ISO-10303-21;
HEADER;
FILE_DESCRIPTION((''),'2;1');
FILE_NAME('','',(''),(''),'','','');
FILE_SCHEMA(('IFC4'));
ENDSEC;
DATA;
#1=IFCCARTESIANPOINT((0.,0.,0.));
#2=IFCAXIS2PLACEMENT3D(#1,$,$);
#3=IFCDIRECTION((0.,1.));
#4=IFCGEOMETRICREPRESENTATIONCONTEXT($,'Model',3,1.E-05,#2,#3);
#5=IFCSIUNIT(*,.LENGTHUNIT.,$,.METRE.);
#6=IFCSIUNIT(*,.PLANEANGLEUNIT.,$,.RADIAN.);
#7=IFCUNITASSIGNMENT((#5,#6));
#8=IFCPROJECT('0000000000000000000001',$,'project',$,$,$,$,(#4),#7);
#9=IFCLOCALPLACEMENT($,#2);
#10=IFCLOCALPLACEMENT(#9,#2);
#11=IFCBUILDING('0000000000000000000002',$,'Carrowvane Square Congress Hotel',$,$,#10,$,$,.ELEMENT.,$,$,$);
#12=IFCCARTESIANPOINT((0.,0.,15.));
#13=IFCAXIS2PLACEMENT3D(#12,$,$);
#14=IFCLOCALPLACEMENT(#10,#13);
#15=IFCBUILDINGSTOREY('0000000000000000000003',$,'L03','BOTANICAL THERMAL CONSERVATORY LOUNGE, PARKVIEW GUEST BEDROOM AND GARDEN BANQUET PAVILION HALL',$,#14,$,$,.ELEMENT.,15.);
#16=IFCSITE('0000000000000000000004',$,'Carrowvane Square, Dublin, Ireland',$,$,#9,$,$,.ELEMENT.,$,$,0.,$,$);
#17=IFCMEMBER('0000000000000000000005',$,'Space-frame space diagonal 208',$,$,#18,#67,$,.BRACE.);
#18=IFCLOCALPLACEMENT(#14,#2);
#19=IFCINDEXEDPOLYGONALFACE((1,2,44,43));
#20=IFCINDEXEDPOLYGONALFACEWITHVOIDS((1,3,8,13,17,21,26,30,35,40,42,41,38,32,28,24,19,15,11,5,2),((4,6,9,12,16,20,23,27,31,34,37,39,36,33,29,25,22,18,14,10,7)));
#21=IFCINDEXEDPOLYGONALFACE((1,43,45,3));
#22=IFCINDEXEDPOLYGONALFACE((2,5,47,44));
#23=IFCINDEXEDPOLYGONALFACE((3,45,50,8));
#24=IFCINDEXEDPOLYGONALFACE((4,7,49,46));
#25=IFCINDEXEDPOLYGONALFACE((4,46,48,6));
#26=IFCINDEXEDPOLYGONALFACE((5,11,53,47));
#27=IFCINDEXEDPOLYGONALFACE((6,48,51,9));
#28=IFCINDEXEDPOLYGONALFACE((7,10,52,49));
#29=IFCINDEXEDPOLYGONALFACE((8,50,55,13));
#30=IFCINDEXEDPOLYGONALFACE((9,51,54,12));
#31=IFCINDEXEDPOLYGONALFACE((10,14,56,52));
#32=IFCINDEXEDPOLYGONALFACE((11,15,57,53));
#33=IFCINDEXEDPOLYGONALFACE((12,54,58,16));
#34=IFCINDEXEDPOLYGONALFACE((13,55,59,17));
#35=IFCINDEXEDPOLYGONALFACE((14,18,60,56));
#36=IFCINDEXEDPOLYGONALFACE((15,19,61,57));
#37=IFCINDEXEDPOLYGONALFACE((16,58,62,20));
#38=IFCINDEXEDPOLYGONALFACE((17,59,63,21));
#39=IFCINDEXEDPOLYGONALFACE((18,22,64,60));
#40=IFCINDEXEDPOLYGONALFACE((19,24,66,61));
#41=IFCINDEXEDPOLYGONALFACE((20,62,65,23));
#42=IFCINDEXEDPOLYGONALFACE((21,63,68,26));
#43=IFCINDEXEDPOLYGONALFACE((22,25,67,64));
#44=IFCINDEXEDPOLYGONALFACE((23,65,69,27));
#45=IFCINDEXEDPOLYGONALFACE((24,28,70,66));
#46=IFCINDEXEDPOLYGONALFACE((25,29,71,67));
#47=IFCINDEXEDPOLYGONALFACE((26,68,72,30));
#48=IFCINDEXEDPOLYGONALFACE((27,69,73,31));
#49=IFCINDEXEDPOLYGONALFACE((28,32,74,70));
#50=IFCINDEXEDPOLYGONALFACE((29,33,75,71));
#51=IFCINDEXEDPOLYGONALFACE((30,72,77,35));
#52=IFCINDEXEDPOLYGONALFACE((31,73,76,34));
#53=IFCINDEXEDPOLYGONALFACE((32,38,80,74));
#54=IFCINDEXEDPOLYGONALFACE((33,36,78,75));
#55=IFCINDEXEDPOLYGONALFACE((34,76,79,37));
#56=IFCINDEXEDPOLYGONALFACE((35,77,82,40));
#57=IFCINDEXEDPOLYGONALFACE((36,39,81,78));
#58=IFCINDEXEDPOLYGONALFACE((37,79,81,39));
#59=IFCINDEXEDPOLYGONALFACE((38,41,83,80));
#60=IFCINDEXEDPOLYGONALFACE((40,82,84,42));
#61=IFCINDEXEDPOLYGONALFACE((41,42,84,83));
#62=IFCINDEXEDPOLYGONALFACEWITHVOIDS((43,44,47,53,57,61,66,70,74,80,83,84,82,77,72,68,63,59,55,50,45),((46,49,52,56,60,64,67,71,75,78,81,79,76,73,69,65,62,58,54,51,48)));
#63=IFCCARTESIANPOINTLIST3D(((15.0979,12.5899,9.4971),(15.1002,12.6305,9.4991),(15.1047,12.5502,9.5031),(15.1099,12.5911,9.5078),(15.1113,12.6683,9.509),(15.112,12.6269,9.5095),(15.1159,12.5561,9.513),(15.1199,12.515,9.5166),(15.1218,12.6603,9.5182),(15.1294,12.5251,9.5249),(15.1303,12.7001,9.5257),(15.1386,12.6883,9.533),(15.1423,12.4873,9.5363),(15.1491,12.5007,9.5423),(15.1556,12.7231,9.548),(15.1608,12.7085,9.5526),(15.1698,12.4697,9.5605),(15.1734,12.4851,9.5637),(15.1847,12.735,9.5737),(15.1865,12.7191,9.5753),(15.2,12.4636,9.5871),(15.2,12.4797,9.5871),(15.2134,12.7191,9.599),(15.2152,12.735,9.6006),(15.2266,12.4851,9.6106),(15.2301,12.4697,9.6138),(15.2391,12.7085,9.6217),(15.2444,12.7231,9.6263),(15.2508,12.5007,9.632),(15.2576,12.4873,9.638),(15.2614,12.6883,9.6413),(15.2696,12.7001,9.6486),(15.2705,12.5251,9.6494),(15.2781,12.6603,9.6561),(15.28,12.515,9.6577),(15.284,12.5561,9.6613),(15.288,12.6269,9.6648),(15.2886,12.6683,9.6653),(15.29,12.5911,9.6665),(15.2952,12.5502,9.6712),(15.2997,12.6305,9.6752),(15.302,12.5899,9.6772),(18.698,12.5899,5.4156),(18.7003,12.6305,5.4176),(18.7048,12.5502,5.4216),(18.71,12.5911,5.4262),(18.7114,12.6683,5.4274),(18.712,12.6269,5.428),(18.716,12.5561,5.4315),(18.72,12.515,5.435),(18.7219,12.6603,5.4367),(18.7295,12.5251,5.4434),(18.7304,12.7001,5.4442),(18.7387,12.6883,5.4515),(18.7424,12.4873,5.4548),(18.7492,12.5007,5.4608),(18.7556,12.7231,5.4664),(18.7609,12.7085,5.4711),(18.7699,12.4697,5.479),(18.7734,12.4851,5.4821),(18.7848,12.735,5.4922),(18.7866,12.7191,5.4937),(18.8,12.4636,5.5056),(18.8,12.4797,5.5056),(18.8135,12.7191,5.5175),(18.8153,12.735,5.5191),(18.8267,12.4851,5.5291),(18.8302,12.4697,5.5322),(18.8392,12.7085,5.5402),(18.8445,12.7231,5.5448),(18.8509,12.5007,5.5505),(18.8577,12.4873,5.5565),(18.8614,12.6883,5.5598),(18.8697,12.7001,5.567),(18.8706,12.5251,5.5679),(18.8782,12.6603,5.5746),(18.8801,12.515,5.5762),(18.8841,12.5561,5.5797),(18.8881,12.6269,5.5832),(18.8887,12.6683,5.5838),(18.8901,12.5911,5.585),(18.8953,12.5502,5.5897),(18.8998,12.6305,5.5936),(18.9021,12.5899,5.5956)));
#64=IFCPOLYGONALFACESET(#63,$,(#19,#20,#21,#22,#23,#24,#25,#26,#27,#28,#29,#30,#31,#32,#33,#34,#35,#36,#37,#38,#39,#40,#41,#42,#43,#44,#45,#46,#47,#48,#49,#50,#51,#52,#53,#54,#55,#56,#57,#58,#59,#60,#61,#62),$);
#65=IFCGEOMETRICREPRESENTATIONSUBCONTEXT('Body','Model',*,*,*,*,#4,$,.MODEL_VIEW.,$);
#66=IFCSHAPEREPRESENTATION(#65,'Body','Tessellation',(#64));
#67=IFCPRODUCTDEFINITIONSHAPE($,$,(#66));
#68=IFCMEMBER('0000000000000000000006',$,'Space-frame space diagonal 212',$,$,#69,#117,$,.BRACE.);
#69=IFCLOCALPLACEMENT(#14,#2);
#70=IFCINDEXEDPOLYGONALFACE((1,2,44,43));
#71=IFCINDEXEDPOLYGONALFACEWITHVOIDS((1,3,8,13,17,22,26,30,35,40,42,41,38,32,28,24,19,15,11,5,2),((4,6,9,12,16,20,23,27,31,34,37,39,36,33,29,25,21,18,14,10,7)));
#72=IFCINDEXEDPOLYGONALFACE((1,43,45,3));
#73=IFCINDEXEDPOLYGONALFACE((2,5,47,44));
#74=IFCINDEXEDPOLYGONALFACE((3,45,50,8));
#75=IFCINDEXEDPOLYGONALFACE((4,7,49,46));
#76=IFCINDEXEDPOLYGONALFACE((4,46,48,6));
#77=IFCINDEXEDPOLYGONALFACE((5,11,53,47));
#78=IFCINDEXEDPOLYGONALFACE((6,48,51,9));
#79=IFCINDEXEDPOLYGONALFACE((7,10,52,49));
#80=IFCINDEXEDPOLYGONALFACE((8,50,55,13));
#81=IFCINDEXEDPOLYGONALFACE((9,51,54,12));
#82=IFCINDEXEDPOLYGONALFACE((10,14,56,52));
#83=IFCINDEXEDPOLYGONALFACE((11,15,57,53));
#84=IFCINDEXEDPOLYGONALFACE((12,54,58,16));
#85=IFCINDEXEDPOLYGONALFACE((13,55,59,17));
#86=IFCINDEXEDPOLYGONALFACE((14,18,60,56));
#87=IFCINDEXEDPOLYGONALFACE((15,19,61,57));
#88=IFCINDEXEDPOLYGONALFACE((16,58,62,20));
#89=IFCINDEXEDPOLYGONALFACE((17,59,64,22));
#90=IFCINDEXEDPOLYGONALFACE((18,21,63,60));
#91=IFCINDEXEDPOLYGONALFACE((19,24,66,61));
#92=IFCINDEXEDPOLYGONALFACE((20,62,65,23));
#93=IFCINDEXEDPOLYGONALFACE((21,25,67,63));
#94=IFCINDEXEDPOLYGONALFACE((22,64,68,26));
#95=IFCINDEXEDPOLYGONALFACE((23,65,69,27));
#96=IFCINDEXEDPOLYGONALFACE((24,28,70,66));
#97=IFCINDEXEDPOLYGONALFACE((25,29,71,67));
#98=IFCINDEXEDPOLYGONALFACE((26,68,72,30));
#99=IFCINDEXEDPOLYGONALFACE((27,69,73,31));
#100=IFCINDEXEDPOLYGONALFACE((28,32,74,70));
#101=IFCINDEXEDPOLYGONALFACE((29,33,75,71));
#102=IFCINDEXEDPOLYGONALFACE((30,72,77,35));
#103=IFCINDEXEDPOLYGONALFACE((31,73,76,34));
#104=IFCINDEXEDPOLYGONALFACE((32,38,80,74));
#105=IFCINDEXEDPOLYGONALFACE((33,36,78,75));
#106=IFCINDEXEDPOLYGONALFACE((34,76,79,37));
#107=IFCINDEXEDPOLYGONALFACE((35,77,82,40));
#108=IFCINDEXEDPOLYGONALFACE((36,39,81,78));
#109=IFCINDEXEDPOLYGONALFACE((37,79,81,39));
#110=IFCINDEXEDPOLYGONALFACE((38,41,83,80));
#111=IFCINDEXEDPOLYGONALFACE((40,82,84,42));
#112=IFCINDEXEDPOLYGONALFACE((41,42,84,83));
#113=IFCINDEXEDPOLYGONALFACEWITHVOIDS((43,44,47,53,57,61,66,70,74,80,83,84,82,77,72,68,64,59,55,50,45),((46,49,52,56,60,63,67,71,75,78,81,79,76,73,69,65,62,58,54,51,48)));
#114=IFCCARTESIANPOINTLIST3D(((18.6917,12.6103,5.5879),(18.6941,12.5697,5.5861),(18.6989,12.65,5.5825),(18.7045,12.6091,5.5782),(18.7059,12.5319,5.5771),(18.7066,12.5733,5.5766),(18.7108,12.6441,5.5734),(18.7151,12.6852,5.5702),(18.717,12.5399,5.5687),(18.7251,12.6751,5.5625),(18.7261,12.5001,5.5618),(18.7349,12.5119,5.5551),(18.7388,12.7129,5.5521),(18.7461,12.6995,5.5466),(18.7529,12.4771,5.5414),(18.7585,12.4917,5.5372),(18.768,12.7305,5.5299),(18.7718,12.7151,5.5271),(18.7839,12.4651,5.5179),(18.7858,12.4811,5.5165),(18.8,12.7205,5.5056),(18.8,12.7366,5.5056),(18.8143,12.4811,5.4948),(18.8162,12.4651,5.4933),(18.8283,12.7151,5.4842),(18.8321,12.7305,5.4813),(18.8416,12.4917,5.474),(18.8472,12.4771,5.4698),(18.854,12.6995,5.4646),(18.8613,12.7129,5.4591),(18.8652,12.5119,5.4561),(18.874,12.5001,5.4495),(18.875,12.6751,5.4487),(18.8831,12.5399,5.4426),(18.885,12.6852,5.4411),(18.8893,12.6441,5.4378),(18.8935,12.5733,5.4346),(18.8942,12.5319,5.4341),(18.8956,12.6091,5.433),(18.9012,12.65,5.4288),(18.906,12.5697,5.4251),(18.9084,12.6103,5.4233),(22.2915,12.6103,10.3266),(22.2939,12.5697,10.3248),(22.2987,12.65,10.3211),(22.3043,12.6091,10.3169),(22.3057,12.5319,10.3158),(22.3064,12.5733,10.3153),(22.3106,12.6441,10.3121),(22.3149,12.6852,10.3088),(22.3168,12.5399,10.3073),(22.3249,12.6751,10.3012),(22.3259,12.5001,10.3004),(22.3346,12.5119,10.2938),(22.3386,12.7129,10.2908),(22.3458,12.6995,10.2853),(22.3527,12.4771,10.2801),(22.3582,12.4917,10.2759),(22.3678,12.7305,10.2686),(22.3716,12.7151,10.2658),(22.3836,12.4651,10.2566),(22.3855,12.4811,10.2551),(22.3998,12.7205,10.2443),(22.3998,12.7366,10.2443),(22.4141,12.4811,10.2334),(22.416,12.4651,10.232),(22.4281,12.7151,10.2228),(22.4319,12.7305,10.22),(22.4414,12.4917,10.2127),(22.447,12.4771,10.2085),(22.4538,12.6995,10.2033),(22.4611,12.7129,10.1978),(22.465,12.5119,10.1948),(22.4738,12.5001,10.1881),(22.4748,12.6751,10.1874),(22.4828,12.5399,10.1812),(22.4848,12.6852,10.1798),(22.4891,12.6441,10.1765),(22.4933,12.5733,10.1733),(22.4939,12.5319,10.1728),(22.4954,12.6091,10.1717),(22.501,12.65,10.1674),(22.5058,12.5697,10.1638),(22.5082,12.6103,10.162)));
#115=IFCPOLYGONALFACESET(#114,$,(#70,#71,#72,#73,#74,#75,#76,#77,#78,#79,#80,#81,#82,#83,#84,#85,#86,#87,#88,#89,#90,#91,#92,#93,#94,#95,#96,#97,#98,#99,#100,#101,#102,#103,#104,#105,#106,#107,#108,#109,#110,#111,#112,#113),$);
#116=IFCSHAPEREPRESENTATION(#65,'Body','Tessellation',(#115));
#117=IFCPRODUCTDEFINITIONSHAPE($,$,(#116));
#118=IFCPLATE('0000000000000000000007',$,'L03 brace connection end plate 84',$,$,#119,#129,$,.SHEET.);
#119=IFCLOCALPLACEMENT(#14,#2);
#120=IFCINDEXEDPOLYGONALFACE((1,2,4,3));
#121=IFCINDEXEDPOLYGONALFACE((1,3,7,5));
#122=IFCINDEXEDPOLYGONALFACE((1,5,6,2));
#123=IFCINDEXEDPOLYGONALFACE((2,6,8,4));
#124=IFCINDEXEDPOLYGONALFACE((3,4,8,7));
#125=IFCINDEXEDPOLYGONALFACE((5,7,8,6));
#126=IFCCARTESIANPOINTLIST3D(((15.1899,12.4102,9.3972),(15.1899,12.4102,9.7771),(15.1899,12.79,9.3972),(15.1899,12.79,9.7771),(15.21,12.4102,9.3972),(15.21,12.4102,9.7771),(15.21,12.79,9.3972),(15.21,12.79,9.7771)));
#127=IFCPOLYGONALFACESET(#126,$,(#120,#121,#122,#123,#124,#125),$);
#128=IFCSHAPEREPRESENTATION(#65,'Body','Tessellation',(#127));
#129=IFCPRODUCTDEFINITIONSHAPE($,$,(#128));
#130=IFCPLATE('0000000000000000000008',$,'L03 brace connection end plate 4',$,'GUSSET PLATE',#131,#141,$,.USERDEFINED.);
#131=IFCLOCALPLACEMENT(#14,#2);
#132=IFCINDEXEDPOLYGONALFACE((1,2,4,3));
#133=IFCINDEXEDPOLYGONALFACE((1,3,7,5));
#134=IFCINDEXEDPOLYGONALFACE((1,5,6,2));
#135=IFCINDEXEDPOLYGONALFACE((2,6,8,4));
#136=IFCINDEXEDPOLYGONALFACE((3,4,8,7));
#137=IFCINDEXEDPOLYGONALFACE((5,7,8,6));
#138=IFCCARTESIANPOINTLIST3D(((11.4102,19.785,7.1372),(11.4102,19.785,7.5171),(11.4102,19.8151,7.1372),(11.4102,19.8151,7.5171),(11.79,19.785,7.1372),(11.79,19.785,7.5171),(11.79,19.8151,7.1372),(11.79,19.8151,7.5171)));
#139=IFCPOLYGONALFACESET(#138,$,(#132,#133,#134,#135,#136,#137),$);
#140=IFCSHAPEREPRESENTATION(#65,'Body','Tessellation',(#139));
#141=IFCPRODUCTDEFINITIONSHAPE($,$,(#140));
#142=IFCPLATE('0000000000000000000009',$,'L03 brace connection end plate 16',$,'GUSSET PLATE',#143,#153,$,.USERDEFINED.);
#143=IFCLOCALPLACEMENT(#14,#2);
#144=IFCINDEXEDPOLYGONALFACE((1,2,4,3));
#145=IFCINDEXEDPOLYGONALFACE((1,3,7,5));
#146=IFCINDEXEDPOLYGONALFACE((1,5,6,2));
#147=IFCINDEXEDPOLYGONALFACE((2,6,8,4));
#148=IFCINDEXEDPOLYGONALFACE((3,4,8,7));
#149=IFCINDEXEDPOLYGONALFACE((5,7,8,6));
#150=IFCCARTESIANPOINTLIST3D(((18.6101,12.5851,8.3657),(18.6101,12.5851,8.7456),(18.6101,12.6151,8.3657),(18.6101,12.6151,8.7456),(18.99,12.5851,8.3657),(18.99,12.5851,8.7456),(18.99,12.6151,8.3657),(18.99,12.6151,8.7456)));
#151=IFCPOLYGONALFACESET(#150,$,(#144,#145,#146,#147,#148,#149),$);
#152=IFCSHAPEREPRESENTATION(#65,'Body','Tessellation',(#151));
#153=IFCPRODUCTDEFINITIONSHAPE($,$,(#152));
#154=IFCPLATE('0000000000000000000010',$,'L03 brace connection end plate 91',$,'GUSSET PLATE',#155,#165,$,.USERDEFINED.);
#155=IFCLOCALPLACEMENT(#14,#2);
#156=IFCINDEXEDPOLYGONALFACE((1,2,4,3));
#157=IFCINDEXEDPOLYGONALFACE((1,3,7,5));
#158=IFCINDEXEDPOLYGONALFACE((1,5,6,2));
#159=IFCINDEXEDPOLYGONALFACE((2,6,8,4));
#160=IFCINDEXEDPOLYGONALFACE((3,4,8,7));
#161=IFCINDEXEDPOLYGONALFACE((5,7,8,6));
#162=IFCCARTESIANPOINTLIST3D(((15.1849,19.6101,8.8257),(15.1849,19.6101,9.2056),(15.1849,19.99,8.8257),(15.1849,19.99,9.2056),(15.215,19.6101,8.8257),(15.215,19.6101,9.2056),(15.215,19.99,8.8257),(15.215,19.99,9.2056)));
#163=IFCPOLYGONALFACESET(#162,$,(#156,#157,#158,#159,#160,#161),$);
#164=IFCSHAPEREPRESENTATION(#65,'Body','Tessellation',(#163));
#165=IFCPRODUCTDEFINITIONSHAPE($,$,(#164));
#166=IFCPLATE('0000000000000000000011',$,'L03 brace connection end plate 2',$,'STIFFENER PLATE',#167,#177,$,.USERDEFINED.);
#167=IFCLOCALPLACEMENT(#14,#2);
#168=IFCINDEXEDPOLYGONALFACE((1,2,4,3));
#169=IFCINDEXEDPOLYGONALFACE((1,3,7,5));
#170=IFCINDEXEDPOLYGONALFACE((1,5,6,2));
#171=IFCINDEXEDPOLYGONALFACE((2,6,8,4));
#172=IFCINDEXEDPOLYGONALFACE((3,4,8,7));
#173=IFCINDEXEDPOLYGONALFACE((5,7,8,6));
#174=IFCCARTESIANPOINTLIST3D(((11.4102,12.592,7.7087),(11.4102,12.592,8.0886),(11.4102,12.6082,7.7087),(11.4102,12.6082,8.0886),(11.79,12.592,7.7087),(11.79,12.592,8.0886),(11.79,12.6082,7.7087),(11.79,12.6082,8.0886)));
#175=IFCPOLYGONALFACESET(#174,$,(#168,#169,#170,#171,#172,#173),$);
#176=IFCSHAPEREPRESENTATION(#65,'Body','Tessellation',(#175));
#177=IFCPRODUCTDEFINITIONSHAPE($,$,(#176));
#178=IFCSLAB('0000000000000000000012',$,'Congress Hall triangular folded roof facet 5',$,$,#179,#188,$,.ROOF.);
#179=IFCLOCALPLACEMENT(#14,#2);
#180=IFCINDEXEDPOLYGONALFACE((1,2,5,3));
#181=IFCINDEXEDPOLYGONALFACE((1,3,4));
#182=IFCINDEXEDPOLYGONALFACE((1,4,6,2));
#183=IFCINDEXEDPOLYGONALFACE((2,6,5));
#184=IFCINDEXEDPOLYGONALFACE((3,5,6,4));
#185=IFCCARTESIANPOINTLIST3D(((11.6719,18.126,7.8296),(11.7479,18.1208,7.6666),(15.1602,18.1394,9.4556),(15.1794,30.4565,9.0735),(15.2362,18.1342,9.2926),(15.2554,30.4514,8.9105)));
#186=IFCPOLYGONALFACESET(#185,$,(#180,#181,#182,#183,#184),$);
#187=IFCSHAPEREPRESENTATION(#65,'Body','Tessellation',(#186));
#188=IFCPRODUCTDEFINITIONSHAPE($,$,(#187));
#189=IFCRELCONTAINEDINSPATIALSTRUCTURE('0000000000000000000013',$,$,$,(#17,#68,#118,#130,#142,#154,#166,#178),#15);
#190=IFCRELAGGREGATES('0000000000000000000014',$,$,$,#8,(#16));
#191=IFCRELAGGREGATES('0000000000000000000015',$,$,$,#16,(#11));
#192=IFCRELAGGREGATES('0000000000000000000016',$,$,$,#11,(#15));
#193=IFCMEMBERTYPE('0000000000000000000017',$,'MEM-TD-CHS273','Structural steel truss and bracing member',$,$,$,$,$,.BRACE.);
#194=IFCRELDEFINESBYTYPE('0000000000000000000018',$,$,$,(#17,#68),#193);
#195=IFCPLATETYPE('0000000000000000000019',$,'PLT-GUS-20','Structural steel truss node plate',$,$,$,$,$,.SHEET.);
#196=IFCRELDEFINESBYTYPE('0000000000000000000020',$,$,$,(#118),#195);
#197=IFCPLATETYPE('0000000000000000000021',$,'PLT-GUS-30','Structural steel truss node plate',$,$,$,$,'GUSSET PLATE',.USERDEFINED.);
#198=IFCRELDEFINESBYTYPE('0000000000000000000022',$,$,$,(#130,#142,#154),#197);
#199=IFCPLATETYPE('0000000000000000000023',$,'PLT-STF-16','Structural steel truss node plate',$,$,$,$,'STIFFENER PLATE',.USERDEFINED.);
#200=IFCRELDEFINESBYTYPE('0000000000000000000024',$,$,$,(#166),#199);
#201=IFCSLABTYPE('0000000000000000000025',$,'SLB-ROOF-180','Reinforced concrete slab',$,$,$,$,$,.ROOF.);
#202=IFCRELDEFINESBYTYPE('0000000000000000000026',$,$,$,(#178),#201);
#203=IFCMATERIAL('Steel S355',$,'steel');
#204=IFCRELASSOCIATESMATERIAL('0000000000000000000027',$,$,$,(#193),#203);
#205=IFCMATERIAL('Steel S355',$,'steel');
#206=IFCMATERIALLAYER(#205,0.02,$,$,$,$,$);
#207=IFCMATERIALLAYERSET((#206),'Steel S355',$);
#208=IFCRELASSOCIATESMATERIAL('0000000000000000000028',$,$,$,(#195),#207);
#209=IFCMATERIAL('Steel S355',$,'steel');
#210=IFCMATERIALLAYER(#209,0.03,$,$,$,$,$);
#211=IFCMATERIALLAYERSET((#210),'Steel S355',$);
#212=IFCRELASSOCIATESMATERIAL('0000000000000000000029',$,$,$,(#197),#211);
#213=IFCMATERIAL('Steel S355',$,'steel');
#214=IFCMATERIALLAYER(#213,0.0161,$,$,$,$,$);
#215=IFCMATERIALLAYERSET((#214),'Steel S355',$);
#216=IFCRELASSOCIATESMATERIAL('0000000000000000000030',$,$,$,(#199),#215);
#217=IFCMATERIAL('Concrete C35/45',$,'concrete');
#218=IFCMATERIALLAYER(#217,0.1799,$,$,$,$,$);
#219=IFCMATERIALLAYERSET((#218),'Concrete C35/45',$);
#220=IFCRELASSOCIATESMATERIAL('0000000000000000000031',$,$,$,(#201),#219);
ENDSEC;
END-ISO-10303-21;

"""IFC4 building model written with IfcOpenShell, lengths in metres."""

from ifc_helpers import new_model, si_unit, direction, frame, origin, origin_2d, place, context, subcontext, project, spatial, polyline, rectangle, hollow_circle, outline, extrude, material, layer, layer_set, material_profile, profile_set, type_object, element, save


model = new_model("IFC4")

# Units and contexts
model_context = context("Model", 3, precision=1e-05, world=origin(), true_north=direction((0.0, 1.0)))
body_context = subcontext(model_context, "Body", "Model", "MODEL_VIEW")
ifc_project = project(units=[si_unit("LENGTHUNIT", "METRE"), si_unit("PLANEANGLEUNIT", "RADIAN")], contexts=[model_context])

# Site, building, storey
site_placement = place(None, origin())
site = spatial("IfcSite", under=ifc_project, at=site_placement, Name="Carrowvane Square, Dublin, Ireland", CompositionType="ELEMENT", RefElevation=0.0)
building_placement = place(site_placement, origin())
building = spatial("IfcBuilding", under=site, at=building_placement, Name="Carrowvane Square Congress Hotel", CompositionType="ELEMENT")
storey_placement = place(building_placement, frame((0.0, 0.0, 15.0)))
storey = spatial("IfcBuildingStorey", under=building, at=storey_placement, Name="L03", Description="BOTANICAL THERMAL CONSERVATORY LOUNGE, PARKVIEW GUEST BEDROOM AND GARDEN BANQUET PAVILION HALL", CompositionType="ELEMENT", Elevation=15.0)

# Members
ifc_material_1 = material(Name="Steel S355", Category="steel")
ifc_material_profile_1 = material_profile(ifc_material_1, hollow_circle(Radius=0.1365, WallThickness=0.0161, at=origin_2d()), Name="CHS 273.0x16")
ifc_profile_set_1 = profile_set([ifc_material_profile_1], Name="Steel S355")
member_type_1 = type_object("IfcMemberType", Name="MEM-TD-CHS273", Description="Structural steel truss and bracing member", PredefinedType="BRACE", material=ifc_profile_set_1)
member_1_placement = place(storey_placement, frame((18.8, 12.6001, 5.5056), z_axis=(-0.661491, 0.0, 0.749953), x_axis=(0.0, -1.0, 0.0)))
element("IfcMember", 1, at=member_1_placement, inside=storey, type_object=member_type_1, Name="Space-frame space diagonal 208", PredefinedType="BRACE", context=body_context, shape_type="SweptSolid", body=[
    extrude(hollow_circle(Radius=0.1365, WallThickness=0.0161, at=origin_2d()), origin(), (0.0, 0.0, 1.0), 5.4424),
])
member_2_placement = place(storey_placement, frame((18.8, 12.6001, 5.5056), z_axis=(0.604912, 0.0, 0.796293), x_axis=(0.0, 1.0, 0.0)))
element("IfcMember", 2, at=member_2_placement, inside=storey, type_object=member_type_1, Name="Space-frame space diagonal 212", PredefinedType="BRACE", context=body_context, shape_type="SweptSolid", body=[
    extrude(hollow_circle(Radius=0.1365, WallThickness=0.0161, at=origin_2d()), origin(), (0.0, 0.0, 1.0), 5.9509),
])

# Plates
ifc_material_2 = material(Name="Steel S355", Category="steel")
ifc_layer_1 = layer(ifc_material_2, 0.02)
ifc_layer_set_1 = layer_set([ifc_layer_1], Name="Steel S355")
plate_type_1 = type_object("IfcPlateType", Name="PLT-GUS-20", Description="Structural steel truss node plate", PredefinedType="SHEET", material=ifc_layer_set_1)
plate_1_placement = place(storey_placement, frame((15.2, 12.6001, 9.3972), z_axis=(0.0, 0.0, 1.0), x_axis=(1.0, 0.0, 0.0)))
element("IfcPlate", 3, at=plate_1_placement, inside=storey, type_object=plate_type_1, Name="L03 brace connection end plate 84", PredefinedType="SHEET", context=body_context, shape_type="SweptSolid", body=[
    extrude(rectangle(XDim=0.02, YDim=0.3799, at=origin_2d()), origin(), (0.0, 0.0, 1.0), 0.3799),
])
ifc_material_3 = material(Name="Steel S355", Category="steel")
ifc_layer_2 = layer(ifc_material_3, 0.03)
ifc_layer_set_2 = layer_set([ifc_layer_2], Name="Steel S355")
plate_type_2 = type_object("IfcPlateType", Name="PLT-GUS-30", Description="Structural steel truss node plate", ElementType="GUSSET PLATE", PredefinedType="USERDEFINED", material=ifc_layer_set_2)
for number, where, z_axis, x_axis, name in (
    (4, (11.6001, 19.8, 7.1372), (0.0, 0.0, 1.0), (1.0, 0.0, 0.0), "L03 brace connection end plate 4"),
    (5, (18.8, 12.6001, 8.3657), (0.0, 0.0, 1.0), (1.0, 0.0, 0.0), "L03 brace connection end plate 16"),
):
    element("IfcPlate", number, at=place(storey_placement, frame(where, z_axis=z_axis, x_axis=x_axis)), inside=storey, type_object=plate_type_2, Name=name, ObjectType="GUSSET PLATE", PredefinedType="USERDEFINED", context=body_context, shape_type="SweptSolid", body=[
        extrude(rectangle(XDim=0.3799, YDim=0.03, at=origin_2d()), origin(), (0.0, 0.0, 1.0), 0.3799),
    ])
plate_2_placement = place(storey_placement, frame((15.2, 19.8, 8.8257), z_axis=(0.0, 0.0, 1.0), x_axis=(1.0, 0.0, 0.0)))
element("IfcPlate", 6, at=plate_2_placement, inside=storey, type_object=plate_type_2, Name="L03 brace connection end plate 91", ObjectType="GUSSET PLATE", PredefinedType="USERDEFINED", context=body_context, shape_type="SweptSolid", body=[
    extrude(rectangle(XDim=0.03, YDim=0.3799, at=origin_2d()), origin(), (0.0, 0.0, 1.0), 0.3799),
])
ifc_material_4 = material(Name="Steel S355", Category="steel")
ifc_layer_3 = layer(ifc_material_4, 0.0161)
ifc_layer_set_3 = layer_set([ifc_layer_3], Name="Steel S355")
plate_type_3 = type_object("IfcPlateType", Name="PLT-STF-16", Description="Structural steel truss node plate", ElementType="STIFFENER PLATE", PredefinedType="USERDEFINED", material=ifc_layer_set_3)
plate_3_placement = place(storey_placement, frame((11.6001, 12.6001, 7.7087), z_axis=(0.0, 0.0, 1.0), x_axis=(1.0, 0.0, 0.0)))
element("IfcPlate", 7, at=plate_3_placement, inside=storey, type_object=plate_type_3, Name="L03 brace connection end plate 2", ObjectType="STIFFENER PLATE", PredefinedType="USERDEFINED", context=body_context, shape_type="SweptSolid", body=[
    extrude(rectangle(XDim=0.3799, YDim=0.0161, at=origin_2d()), origin(), (0.0, 0.0, 1.0), 0.3799),
])

# Slab
ifc_material_5 = material(Name="Concrete C35/45", Category="concrete")
ifc_layer_4 = layer(ifc_material_5, 0.1799)
ifc_layer_set_4 = layer_set([ifc_layer_4], Name="Concrete C35/45")
slab_type = type_object("IfcSlabType", Name="SLB-ROOF-180", Description="Reinforced concrete slab", PredefinedType="ROOF", material=ifc_layer_set_4)
slab_1_placement = place(storey_placement, frame((11.6719, 18.126, 7.8296), z_axis=(-0.422399, 0.028764, 0.905954), x_axis=(0.906366, 0.003489, 0.42248)))
element("IfcSlab", 8, at=slab_1_placement, inside=storey, type_object=slab_type, Name="Congress Hall triangular folded roof facet 5", PredefinedType="ROOF", context=body_context, shape_type="SweptSolid", body=[
    extrude(outline(polyline([(0.0, 0.0), (3.8486, 0.0), (3.7477, 12.3227), (0.0, 0.0)])), origin(), (0.0, 0.0, -1.0), 0.1799),
])

save(model, "model.ifc")
